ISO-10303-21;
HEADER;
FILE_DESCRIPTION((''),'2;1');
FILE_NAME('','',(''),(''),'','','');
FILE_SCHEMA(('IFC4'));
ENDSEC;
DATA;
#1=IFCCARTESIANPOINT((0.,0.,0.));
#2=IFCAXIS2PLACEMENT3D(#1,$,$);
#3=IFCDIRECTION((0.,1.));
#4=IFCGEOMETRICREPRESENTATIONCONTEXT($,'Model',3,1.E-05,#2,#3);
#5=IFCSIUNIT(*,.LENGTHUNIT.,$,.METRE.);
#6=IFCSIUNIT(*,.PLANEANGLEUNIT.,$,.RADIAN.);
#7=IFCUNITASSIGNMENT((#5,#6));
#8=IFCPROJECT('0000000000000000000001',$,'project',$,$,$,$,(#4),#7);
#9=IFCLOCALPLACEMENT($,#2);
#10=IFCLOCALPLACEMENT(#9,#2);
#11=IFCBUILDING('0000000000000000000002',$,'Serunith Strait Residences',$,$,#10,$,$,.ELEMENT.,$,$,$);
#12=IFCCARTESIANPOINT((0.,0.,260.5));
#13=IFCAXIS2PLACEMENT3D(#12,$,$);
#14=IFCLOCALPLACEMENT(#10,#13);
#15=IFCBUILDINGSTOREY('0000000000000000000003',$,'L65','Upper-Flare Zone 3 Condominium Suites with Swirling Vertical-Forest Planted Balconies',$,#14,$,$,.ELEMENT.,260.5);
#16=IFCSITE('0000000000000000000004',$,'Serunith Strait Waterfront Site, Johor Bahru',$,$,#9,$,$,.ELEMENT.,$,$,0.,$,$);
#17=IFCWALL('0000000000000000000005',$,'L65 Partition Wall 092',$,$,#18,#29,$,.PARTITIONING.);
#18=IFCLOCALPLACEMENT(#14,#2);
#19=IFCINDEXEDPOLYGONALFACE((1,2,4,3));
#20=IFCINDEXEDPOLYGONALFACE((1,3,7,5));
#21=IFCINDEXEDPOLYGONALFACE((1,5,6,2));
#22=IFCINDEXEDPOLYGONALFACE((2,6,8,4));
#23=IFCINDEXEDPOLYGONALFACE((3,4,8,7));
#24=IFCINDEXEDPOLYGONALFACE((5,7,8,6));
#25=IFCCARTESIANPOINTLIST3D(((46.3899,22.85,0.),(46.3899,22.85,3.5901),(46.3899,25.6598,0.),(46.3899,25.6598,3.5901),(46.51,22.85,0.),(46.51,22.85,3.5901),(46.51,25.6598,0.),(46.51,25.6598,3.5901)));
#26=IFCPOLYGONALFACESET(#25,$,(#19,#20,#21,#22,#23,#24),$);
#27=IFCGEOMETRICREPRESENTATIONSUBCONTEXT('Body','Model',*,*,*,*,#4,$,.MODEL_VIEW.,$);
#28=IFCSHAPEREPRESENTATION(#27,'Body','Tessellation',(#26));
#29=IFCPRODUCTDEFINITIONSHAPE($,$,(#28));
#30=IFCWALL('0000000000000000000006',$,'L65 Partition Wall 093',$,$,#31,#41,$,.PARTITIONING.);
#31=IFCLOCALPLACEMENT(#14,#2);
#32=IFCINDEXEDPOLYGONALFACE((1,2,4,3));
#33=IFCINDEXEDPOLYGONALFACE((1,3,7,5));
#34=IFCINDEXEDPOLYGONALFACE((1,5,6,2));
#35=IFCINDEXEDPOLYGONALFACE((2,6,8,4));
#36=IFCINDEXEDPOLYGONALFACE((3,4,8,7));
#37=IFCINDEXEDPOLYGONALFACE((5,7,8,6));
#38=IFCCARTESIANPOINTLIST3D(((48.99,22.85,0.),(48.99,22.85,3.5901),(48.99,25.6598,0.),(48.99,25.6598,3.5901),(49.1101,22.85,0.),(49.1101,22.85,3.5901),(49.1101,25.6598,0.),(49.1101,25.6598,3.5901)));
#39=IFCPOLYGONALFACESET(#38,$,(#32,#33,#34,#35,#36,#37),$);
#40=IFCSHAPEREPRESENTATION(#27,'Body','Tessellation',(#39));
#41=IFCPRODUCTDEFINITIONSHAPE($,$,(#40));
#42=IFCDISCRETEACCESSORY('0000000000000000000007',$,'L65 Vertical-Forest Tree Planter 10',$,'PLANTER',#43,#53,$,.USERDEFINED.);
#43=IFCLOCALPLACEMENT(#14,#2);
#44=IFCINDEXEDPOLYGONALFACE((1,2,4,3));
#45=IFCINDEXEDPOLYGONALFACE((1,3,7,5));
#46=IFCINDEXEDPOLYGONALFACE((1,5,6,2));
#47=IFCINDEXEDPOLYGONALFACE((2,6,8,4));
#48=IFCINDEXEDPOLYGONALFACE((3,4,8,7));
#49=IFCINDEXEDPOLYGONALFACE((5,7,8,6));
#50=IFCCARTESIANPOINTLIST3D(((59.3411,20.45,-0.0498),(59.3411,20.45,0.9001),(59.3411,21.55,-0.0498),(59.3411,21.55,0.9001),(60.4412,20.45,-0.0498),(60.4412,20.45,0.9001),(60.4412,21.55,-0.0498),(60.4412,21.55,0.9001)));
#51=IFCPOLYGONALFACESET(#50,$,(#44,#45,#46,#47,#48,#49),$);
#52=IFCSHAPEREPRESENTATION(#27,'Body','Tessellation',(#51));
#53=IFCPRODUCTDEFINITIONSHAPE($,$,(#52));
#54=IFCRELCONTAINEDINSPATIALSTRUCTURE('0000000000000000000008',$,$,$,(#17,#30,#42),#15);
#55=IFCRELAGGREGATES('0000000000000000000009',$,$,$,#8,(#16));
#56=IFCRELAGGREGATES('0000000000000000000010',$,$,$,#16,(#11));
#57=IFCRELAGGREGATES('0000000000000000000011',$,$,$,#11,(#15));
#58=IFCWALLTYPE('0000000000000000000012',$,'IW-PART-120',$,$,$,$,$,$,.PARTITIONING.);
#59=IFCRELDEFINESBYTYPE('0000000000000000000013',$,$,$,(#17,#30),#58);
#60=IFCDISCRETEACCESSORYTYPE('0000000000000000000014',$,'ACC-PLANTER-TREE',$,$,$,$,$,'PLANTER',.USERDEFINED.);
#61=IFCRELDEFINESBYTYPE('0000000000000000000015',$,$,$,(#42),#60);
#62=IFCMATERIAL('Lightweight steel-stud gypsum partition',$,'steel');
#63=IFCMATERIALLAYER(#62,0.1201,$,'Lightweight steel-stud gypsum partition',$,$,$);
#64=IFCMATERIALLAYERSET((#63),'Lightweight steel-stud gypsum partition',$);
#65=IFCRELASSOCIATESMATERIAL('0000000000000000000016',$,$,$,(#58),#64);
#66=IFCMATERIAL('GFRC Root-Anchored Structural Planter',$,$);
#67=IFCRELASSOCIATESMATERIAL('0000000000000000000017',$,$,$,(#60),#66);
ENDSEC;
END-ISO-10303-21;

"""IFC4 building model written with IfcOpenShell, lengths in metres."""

from ifc_helpers import new_model, si_unit, direction, frame, frame_2d, origin, origin_2d, place, context, subcontext, project, spatial, rectangle, extrude, source, transform, mapped, material, layer, layer_set, type_object, element, save


model = new_model("IFC4")

# Units and contexts
model_context = context("Model", 3, precision=1e-05, world=origin(), true_north=direction((0.0, 1.0)))
body_context = subcontext(model_context, "Body", "Model", "MODEL_VIEW")
ifc_project = project(units=[si_unit("LENGTHUNIT", "METRE"), si_unit("PLANEANGLEUNIT", "RADIAN")], contexts=[model_context])

# Site, building, storey
site_placement = place(None, origin())
site = spatial("IfcSite", under=ifc_project, at=site_placement, Name="Serunith Strait Waterfront Site, Johor Bahru", CompositionType="ELEMENT", RefElevation=0.0)
building_placement = place(site_placement, origin())
building = spatial("IfcBuilding", under=site, at=building_placement, Name="Serunith Strait Residences", CompositionType="ELEMENT")
storey_placement = place(building_placement, frame((0.0, 0.0, 260.5)))
storey = spatial("IfcBuildingStorey", under=building, at=storey_placement, Name="L65", Description="Upper-Flare Zone 3 Condominium Suites with Swirling Vertical-Forest Planted Balconies", CompositionType="ELEMENT", Elevation=260.5)

# Shared definitions
ifc_material_1 = material(Name="Lightweight steel-stud gypsum partition", Category="steel")
ifc_layer_1 = layer(ifc_material_1, 0.1201, Name="Lightweight steel-stud gypsum partition")
ifc_layer_set_1 = layer_set([ifc_layer_1], Name="Lightweight steel-stud gypsum partition")
wall_type = type_object("IfcWallType", Name="IW-PART-120", PredefinedType="PARTITIONING", material=ifc_layer_set_1)

# Walls
for number, where, z_axis, x_axis, name in (
    (1, (46.45, 22.8501, 0.0), (0.0, 0.0, 1.0), (0.0, 1.0, 0.0), "L65 Partition Wall 092"),
    (2, (49.05, 22.8501, 0.0), (0.0, 0.0, 1.0), (0.0, 1.0, 0.0), "L65 Partition Wall 093"),
):
    element("IfcWall", number, at=place(storey_placement, frame(where, z_axis=z_axis, x_axis=x_axis)), inside=storey, type_object=wall_type, Name=name, PredefinedType="PARTITIONING", context=body_context, shape_type="SweptSolid", body=[
        extrude(rectangle(XDim=2.8098, YDim=0.1201, at=frame_2d((1.4048, 0.0))), origin(), (0.0, 0.0, 1.0), 3.5901),
    ])

# Discrete accessory
ifc_material_2 = material(Name="GFRC Root-Anchored Structural Planter")
discrete_accessory_type = type_object("IfcDiscreteAccessoryType", Name="ACC-PLANTER-TREE", ElementType="PLANTER", PredefinedType="USERDEFINED", material=ifc_material_2)
shared_shape_1 = source(origin(), body_context, "Body", "SweptSolid", [
    extrude(rectangle(XDim=1.1001, YDim=1.1001, at=origin_2d()), origin(), (0.0, 0.0, 1.0), 0.95),
])
discrete_accessory_placement = place(storey_placement, frame((59.8911, 21.0, -0.0498), z_axis=(0.0, 0.0, 1.0), x_axis=(0.0, 1.0, 0.0)))
element("IfcDiscreteAccessory", 3, at=discrete_accessory_placement, inside=storey, type_object=discrete_accessory_type, Name="L65 Vertical-Forest Tree Planter 10", ObjectType="PLANTER", PredefinedType="USERDEFINED", context=body_context, shape_type="MappedRepresentation", body=[
    mapped(shared_shape_1, transform((0.0, 0.0, 0.0), scale=1.0)),
])

save(model, "model.ifc")
